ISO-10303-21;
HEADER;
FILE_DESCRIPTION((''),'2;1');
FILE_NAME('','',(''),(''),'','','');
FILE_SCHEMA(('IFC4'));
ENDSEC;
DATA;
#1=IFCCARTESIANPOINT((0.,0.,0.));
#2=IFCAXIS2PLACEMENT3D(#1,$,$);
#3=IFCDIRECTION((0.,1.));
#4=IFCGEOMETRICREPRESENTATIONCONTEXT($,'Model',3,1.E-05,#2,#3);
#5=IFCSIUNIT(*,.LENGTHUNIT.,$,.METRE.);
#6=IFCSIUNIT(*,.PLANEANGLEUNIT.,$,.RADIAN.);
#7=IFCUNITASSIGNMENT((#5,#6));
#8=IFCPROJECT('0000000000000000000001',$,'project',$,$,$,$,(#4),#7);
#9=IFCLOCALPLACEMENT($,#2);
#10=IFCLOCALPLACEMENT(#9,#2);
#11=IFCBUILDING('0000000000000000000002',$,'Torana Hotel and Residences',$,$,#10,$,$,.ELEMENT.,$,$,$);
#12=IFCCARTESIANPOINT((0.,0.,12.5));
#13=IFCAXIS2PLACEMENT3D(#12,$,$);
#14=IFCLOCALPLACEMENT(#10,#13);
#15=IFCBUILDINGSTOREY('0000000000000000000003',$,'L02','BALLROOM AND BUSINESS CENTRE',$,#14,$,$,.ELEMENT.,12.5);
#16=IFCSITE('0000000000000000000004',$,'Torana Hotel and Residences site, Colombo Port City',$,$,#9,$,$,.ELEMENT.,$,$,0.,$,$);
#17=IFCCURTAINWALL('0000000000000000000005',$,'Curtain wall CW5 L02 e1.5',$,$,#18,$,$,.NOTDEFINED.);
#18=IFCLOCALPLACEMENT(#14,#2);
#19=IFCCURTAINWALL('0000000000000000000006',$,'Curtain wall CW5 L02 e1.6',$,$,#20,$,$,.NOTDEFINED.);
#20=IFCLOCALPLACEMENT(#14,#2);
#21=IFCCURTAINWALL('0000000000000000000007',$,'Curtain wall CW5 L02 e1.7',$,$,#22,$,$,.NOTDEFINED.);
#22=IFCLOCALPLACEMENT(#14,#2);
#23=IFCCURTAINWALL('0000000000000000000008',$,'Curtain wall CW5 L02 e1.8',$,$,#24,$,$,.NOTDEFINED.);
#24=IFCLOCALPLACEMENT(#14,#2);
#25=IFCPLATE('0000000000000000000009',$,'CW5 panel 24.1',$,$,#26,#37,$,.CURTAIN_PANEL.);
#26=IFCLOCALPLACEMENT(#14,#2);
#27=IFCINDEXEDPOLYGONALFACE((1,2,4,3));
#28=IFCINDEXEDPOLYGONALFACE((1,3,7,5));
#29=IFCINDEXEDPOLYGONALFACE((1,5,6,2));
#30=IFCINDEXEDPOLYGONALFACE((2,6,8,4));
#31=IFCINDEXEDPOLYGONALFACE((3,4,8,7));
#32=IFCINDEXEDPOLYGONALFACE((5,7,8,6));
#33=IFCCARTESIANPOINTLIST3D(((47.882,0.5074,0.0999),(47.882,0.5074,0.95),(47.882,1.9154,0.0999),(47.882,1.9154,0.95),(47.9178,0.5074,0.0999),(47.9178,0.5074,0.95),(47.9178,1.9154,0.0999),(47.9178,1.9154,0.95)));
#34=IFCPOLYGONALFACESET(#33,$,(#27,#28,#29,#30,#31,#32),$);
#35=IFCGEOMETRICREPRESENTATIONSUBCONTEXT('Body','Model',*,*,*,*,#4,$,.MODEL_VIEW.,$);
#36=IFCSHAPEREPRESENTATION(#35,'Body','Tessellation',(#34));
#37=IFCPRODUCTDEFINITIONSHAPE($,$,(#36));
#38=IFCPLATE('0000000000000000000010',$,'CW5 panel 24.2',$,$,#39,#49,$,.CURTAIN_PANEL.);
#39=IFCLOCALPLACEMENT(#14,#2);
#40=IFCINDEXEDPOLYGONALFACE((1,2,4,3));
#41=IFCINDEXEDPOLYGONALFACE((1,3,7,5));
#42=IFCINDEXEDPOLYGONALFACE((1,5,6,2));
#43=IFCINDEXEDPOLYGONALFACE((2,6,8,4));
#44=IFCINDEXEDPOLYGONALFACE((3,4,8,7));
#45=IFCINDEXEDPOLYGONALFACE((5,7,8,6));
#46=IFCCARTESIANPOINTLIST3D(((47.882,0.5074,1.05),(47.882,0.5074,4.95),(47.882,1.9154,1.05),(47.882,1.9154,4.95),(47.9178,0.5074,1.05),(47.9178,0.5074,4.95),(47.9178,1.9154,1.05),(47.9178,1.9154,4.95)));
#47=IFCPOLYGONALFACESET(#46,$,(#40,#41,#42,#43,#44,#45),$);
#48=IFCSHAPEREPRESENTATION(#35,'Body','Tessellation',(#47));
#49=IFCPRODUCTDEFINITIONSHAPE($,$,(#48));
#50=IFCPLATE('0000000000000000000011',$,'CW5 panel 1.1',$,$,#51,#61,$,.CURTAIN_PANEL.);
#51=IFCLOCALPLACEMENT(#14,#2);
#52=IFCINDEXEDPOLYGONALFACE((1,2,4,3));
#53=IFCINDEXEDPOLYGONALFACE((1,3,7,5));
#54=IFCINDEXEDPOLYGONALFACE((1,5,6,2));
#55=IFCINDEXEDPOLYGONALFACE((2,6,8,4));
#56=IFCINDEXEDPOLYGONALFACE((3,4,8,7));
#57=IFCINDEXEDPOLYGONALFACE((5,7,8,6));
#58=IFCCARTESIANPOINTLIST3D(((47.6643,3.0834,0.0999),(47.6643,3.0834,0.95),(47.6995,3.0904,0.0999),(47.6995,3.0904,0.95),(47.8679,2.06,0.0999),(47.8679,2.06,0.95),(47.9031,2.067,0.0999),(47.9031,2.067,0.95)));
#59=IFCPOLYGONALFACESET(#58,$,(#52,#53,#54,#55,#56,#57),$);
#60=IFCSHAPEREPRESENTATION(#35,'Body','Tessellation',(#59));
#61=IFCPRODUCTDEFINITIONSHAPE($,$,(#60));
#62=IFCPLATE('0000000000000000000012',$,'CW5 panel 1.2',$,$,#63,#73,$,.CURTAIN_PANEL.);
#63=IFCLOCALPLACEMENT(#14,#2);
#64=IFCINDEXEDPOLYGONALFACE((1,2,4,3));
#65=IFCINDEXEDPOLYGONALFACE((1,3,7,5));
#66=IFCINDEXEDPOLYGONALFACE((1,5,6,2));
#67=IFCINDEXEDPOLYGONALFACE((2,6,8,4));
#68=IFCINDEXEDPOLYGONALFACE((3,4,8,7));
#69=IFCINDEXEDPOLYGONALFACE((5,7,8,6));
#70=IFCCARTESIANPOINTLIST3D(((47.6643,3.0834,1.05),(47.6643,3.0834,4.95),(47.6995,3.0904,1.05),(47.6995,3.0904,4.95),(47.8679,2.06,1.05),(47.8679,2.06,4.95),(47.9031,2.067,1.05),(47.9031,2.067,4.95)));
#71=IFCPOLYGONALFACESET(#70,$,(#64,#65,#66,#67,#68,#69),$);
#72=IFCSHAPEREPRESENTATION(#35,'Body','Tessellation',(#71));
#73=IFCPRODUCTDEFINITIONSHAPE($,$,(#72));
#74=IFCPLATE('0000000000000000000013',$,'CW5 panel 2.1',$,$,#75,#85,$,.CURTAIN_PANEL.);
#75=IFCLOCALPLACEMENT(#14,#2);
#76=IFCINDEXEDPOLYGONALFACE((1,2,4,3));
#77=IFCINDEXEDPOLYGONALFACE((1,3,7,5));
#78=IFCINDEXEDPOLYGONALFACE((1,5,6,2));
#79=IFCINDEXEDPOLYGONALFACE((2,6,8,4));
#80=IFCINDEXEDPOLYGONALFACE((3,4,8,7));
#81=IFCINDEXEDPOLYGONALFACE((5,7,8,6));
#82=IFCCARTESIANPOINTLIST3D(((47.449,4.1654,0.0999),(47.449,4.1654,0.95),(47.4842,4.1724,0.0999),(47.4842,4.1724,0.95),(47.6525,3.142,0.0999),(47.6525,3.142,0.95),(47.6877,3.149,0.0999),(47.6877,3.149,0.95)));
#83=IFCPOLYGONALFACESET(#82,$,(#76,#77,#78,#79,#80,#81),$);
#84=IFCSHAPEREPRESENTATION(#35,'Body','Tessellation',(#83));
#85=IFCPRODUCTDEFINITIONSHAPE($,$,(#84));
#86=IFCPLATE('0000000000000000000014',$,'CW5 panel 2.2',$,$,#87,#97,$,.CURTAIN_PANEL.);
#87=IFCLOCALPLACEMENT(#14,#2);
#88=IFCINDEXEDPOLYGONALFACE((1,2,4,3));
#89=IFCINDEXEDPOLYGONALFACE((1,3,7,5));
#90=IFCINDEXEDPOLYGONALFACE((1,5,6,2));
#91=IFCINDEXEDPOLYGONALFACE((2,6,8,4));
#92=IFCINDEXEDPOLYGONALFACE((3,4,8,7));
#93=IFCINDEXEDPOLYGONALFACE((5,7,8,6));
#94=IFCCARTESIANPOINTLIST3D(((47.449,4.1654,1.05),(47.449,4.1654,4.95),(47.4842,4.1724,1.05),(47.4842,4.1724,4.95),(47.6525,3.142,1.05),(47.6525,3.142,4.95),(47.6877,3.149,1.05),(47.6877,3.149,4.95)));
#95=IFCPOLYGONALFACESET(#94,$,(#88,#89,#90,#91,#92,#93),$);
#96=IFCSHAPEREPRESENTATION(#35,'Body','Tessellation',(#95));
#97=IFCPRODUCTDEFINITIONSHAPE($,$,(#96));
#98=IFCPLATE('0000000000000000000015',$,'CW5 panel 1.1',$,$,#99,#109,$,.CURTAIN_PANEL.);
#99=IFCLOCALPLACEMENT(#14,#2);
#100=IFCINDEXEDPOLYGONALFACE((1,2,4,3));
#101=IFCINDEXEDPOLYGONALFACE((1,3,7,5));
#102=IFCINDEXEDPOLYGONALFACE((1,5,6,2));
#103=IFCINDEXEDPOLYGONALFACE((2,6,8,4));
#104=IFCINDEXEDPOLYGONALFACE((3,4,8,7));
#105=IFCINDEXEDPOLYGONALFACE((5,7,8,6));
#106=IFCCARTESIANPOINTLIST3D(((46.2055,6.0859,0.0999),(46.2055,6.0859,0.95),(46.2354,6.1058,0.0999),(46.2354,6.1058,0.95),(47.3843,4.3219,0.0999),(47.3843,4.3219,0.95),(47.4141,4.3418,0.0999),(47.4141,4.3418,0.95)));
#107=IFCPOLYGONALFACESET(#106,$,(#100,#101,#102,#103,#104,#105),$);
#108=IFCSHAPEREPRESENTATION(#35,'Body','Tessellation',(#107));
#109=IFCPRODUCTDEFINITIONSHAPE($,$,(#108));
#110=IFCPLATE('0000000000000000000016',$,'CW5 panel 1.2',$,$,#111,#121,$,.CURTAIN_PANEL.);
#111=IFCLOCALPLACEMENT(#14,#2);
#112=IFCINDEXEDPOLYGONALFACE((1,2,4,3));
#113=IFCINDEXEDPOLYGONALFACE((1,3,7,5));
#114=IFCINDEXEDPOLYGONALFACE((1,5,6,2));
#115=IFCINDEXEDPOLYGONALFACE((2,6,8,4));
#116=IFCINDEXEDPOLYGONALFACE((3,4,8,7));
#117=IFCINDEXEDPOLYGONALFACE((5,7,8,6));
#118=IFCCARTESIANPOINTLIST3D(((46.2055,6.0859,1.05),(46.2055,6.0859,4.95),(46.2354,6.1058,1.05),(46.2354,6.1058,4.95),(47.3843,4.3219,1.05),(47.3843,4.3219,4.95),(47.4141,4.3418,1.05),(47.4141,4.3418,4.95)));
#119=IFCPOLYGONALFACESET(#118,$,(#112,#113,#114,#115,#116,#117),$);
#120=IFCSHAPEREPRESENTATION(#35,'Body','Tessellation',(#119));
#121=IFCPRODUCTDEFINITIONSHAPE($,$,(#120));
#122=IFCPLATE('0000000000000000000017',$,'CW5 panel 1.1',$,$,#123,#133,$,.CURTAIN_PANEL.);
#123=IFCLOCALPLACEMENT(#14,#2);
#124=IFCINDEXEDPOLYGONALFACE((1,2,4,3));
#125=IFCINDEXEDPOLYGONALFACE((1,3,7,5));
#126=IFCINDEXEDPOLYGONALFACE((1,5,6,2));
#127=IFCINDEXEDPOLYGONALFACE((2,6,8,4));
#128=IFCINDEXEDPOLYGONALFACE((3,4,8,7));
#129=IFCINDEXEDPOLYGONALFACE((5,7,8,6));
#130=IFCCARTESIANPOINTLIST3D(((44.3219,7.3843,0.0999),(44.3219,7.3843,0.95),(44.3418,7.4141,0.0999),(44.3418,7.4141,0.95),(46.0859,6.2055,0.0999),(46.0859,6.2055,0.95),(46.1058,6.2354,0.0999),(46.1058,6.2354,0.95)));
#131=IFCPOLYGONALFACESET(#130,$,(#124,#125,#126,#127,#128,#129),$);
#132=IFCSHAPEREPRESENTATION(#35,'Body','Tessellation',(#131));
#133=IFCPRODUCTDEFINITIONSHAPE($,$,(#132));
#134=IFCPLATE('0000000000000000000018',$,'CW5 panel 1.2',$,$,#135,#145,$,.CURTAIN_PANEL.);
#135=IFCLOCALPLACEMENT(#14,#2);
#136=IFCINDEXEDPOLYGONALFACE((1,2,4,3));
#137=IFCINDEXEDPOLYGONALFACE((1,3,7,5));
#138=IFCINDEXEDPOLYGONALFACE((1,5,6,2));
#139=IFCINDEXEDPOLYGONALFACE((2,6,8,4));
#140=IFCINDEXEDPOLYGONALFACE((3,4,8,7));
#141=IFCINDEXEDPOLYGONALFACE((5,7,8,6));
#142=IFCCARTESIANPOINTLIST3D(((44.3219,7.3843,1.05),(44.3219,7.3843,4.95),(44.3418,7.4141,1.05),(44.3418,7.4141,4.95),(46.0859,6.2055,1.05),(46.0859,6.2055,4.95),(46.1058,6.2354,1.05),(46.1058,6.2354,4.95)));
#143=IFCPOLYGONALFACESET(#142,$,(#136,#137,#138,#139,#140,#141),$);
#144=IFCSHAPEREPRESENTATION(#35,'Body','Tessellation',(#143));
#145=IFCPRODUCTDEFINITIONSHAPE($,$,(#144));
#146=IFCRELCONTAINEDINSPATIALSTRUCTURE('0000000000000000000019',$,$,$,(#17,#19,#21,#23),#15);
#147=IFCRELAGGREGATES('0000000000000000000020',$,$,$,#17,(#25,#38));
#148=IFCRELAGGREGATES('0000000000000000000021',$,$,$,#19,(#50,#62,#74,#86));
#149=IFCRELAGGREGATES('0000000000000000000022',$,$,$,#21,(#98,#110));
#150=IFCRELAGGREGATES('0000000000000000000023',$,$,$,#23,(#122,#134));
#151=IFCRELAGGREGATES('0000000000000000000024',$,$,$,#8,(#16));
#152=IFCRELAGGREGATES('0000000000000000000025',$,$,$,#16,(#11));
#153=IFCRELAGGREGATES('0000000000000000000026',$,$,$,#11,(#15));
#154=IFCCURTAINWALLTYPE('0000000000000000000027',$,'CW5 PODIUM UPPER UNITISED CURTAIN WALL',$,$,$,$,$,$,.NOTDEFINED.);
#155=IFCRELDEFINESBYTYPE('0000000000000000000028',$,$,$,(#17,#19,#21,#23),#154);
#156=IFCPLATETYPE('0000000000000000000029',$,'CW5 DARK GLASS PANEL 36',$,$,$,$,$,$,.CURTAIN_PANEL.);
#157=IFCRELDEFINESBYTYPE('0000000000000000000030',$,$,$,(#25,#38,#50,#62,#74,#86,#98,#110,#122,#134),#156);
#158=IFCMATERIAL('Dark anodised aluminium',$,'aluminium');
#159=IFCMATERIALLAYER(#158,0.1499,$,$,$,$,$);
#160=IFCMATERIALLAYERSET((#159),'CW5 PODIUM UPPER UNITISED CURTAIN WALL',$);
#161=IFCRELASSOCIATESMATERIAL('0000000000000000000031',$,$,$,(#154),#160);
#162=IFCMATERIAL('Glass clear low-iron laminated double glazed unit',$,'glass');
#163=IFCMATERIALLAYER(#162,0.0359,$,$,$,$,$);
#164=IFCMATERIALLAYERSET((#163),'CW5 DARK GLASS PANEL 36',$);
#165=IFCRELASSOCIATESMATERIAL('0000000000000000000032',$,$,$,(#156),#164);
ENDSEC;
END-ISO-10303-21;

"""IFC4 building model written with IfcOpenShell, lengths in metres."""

from ifc_helpers import new_model, si_unit, direction, frame, origin, origin_2d, place, context, subcontext, project, spatial, rectangle, extrude, material, layer, layer_set, type_object, element, aggregate, save


model = new_model("IFC4")

# Units and contexts
model_context = context("Model", 3, precision=1e-05, world=origin(), true_north=direction((0.0, 1.0)))
body_context = subcontext(model_context, "Body", "Model", "MODEL_VIEW")
ifc_project = project(units=[si_unit("LENGTHUNIT", "METRE"), si_unit("PLANEANGLEUNIT", "RADIAN")], contexts=[model_context])

# Site, building, storey
site_placement = place(None, origin())
site = spatial("IfcSite", under=ifc_project, at=site_placement, Name="Torana Hotel and Residences site, Colombo Port City", CompositionType="ELEMENT", RefElevation=0.0)
building_placement = place(site_placement, origin())
building = spatial("IfcBuilding", under=site, at=building_placement, Name="Torana Hotel and Residences", CompositionType="ELEMENT")
storey_placement = place(building_placement, frame((0.0, 0.0, 12.5)))
storey = spatial("IfcBuildingStorey", under=building, at=storey_placement, Name="L02", Description="BALLROOM AND BUSINESS CENTRE", CompositionType="ELEMENT", Elevation=12.5)

# Curtain wall
ifc_material_1 = material(Name="Dark anodised aluminium", Category="aluminium")
ifc_layer_1 = layer(ifc_material_1, 0.1499)
ifc_layer_set_1 = layer_set([ifc_layer_1], Name="CW5 PODIUM UPPER UNITISED CURTAIN WALL")
curtain_wall_type = type_object("IfcCurtainWallType", Name="CW5 PODIUM UPPER UNITISED CURTAIN WALL", PredefinedType="NOTDEFINED", material=ifc_layer_set_1)
curtain_wall_1_placement = place(storey_placement, origin())
curtain_wall_1 = element("IfcCurtainWall", 1, at=curtain_wall_1_placement, inside=storey, type_object=curtain_wall_type, Name="Curtain wall CW5 L02 e1.5", PredefinedType="NOTDEFINED")

# Curtain walls
curtain_wall_2_placement = place(storey_placement, origin())
curtain_wall_2 = element("IfcCurtainWall", 2, at=curtain_wall_2_placement, inside=storey, type_object=curtain_wall_type, Name="Curtain wall CW5 L02 e1.6", PredefinedType="NOTDEFINED")
curtain_wall_3_placement = place(storey_placement, origin())
curtain_wall_3 = element("IfcCurtainWall", 3, at=curtain_wall_3_placement, inside=storey, type_object=curtain_wall_type, Name="Curtain wall CW5 L02 e1.7", PredefinedType="NOTDEFINED")
curtain_wall_4_placement = place(storey_placement, origin())
curtain_wall_4 = element("IfcCurtainWall", 4, at=curtain_wall_4_placement, inside=storey, type_object=curtain_wall_type, Name="Curtain wall CW5 L02 e1.8", PredefinedType="NOTDEFINED")

# Plates
ifc_material_2 = material(Name="Glass clear low-iron laminated double glazed unit", Category="glass")
ifc_layer_2 = layer(ifc_material_2, 0.0359)
ifc_layer_set_2 = layer_set([ifc_layer_2], Name="CW5 DARK GLASS PANEL 36")
plate_type = type_object("IfcPlateType", Name="CW5 DARK GLASS PANEL 36", PredefinedType="CURTAIN_PANEL", material=ifc_layer_set_2)
plate_1_placement = place(storey_placement, frame((47.8999, 1.2114, 0.0999), z_axis=(0.0, 0.0, 1.0), x_axis=(0.0, 1.0, 0.0)))
plate_1 = element("IfcPlate", 5, at=plate_1_placement, type_object=plate_type, Name="CW5 panel 24.1", PredefinedType="CURTAIN_PANEL", context=body_context, shape_type="SweptSolid", body=[
    extrude(rectangle(XDim=1.408, YDim=0.0359, at=origin_2d()), origin(), (0.0, 0.0, 1.0), 0.8501),
])
plate_2_placement = place(storey_placement, frame((47.8999, 1.2114, 1.05), z_axis=(0.0, 0.0, 1.0), x_axis=(0.0, 1.0, 0.0)))
plate_2 = element("IfcPlate", 6, at=plate_2_placement, type_object=plate_type, Name="CW5 panel 24.2", PredefinedType="CURTAIN_PANEL", context=body_context, shape_type="SweptSolid", body=[
    extrude(rectangle(XDim=1.408, YDim=0.0359, at=origin_2d()), origin(), (0.0, 0.0, 1.0), 3.8999),
])
aggregate(curtain_wall_1, [plate_1, plate_2])
plate_3_placement = place(storey_placement, frame((47.7837, 2.5752, 0.0999), z_axis=(0.0, 0.0, 1.0), x_axis=(-0.195081, 0.980787, 0.0)))
plate_3 = element("IfcPlate", 7, at=plate_3_placement, type_object=plate_type, Name="CW5 panel 1.1", PredefinedType="CURTAIN_PANEL", context=body_context, shape_type="SweptSolid", body=[
    extrude(rectangle(XDim=1.0435, YDim=0.0359, at=origin_2d()), origin(), (0.0, 0.0, 1.0), 0.8501),
])
plate_4_placement = place(storey_placement, frame((47.7837, 2.5752, 1.05), z_axis=(0.0, 0.0, 1.0), x_axis=(-0.195081, 0.980787, 0.0)))
plate_4 = element("IfcPlate", 8, at=plate_4_placement, type_object=plate_type, Name="CW5 panel 1.2", PredefinedType="CURTAIN_PANEL", context=body_context, shape_type="SweptSolid", body=[
    extrude(rectangle(XDim=1.0435, YDim=0.0359, at=origin_2d()), origin(), (0.0, 0.0, 1.0), 3.8999),
])
plate_5_placement = place(storey_placement, frame((47.5684, 3.6572, 0.0999), z_axis=(0.0, 0.0, 1.0), x_axis=(-0.195081, 0.980787, 0.0)))
plate_5 = element("IfcPlate", 9, at=plate_5_placement, type_object=plate_type, Name="CW5 panel 2.1", PredefinedType="CURTAIN_PANEL", context=body_context, shape_type="SweptSolid", body=[
    extrude(rectangle(XDim=1.0435, YDim=0.0359, at=origin_2d()), origin(), (0.0, 0.0, 1.0), 0.8501),
])
plate_6_placement = place(storey_placement, frame((47.5684, 3.6572, 1.05), z_axis=(0.0, 0.0, 1.0), x_axis=(-0.195081, 0.980787, 0.0)))
plate_6 = element("IfcPlate", 10, at=plate_6_placement, type_object=plate_type, Name="CW5 panel 2.2", PredefinedType="CURTAIN_PANEL", context=body_context, shape_type="SweptSolid", body=[
    extrude(rectangle(XDim=1.0435, YDim=0.0359, at=origin_2d()), origin(), (0.0, 0.0, 1.0), 3.8999),
])
aggregate(curtain_wall_2, [plate_3, plate_4, plate_5, plate_6])
plate_7_placement = place(storey_placement, frame((46.8098, 5.2139, 0.0999), z_axis=(0.0, 0.0, 1.0), x_axis=(-0.555585, 0.83146, 0.0)))
plate_7 = element("IfcPlate", 11, at=plate_7_placement, type_object=plate_type, Name="CW5 panel 1.1", PredefinedType="CURTAIN_PANEL", context=body_context, shape_type="SweptSolid", body=[
    extrude(rectangle(XDim=2.1216, YDim=0.0359, at=origin_2d()), origin(), (0.0, 0.0, 1.0), 0.8501),
])
plate_8_placement = place(storey_placement, frame((46.8098, 5.2139, 1.05), z_axis=(0.0, 0.0, 1.0), x_axis=(-0.555585, 0.83146, 0.0)))
plate_8 = element("IfcPlate", 12, at=plate_8_placement, type_object=plate_type, Name="CW5 panel 1.2", PredefinedType="CURTAIN_PANEL", context=body_context, shape_type="SweptSolid", body=[
    extrude(rectangle(XDim=2.1216, YDim=0.0359, at=origin_2d()), origin(), (0.0, 0.0, 1.0), 3.8999),
])
aggregate(curtain_wall_3, [plate_7, plate_8])
plate_9_placement = place(storey_placement, frame((45.2139, 6.8098, 0.0999), z_axis=(0.0, 0.0, 1.0), x_axis=(-0.83146, 0.555585, 0.0)))
plate_9 = element("IfcPlate", 13, at=plate_9_placement, type_object=plate_type, Name="CW5 panel 1.1", PredefinedType="CURTAIN_PANEL", context=body_context, shape_type="SweptSolid", body=[
    extrude(rectangle(XDim=2.1216, YDim=0.0359, at=origin_2d()), origin(), (0.0, 0.0, 1.0), 0.8501),
])
plate_10_placement = place(storey_placement, frame((45.2139, 6.8098, 1.05), z_axis=(0.0, 0.0, 1.0), x_axis=(-0.83146, 0.555585, 0.0)))
plate_10 = element("IfcPlate", 14, at=plate_10_placement, type_object=plate_type, Name="CW5 panel 1.2", PredefinedType="CURTAIN_PANEL", context=body_context, shape_type="SweptSolid", body=[
    extrude(rectangle(XDim=2.1216, YDim=0.0359, at=origin_2d()), origin(), (0.0, 0.0, 1.0), 3.8999),
])
aggregate(curtain_wall_4, [plate_9, plate_10])

save(model, "model.ifc")
